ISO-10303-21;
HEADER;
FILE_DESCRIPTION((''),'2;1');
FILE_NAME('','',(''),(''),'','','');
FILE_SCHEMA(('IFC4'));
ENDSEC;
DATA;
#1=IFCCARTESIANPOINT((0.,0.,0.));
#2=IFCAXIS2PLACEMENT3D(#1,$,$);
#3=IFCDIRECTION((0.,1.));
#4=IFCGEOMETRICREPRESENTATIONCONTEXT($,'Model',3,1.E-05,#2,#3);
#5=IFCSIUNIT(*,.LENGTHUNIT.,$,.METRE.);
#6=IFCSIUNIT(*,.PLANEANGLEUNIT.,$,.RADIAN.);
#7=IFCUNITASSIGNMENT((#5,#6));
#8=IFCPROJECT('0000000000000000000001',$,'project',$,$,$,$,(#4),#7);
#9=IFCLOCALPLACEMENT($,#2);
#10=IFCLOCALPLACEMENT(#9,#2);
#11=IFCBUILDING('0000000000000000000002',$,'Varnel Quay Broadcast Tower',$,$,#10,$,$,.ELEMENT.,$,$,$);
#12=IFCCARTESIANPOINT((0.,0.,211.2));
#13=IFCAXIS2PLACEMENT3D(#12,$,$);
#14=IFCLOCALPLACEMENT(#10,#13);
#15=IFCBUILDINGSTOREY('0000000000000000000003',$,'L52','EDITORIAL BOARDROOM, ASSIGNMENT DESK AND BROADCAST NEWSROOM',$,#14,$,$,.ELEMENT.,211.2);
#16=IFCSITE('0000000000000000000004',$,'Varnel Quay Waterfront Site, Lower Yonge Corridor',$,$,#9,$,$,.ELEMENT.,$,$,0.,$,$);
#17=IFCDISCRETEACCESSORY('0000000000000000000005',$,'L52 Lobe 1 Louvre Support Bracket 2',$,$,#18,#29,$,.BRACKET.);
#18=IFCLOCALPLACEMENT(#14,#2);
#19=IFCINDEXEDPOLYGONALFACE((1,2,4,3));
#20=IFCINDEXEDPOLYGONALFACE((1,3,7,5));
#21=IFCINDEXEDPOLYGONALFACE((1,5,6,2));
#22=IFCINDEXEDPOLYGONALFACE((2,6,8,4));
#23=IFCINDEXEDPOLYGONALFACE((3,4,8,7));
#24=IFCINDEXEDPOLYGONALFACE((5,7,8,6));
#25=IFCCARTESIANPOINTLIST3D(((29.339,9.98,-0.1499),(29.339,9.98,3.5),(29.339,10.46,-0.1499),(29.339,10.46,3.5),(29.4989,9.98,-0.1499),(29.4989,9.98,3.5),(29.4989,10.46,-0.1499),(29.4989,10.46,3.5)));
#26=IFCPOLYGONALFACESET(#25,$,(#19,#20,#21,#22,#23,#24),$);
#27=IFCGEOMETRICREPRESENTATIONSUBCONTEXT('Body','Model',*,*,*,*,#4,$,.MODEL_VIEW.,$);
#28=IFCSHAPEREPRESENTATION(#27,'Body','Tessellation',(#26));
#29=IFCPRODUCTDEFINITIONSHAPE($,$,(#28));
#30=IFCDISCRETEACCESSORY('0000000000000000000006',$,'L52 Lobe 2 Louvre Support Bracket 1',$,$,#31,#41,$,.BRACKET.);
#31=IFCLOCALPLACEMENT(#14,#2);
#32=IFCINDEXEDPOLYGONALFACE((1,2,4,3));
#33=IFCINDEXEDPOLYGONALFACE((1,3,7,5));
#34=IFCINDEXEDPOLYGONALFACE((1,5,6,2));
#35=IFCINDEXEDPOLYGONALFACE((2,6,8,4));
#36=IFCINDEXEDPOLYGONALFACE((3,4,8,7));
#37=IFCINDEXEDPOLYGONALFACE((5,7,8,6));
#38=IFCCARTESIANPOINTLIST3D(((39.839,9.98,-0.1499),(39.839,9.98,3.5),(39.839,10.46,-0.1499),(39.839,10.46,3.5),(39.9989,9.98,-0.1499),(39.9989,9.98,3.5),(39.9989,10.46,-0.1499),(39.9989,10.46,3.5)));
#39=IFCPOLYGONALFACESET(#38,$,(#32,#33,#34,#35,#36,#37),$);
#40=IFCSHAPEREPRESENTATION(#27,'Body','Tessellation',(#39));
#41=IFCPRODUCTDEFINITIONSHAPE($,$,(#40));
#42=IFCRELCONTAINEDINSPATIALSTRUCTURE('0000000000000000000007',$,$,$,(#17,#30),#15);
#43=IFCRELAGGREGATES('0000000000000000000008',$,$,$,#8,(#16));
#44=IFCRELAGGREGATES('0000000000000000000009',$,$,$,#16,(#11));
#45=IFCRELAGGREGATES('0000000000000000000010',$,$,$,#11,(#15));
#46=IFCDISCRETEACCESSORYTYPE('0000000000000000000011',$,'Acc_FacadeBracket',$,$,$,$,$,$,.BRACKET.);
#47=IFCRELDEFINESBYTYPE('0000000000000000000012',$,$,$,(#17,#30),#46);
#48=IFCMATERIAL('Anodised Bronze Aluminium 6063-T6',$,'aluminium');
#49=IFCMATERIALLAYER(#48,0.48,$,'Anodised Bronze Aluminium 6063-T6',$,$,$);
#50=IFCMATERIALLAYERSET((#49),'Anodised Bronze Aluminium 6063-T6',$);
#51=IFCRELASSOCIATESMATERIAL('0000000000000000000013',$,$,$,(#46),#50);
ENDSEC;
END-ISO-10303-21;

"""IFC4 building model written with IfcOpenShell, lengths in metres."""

from ifc_helpers import new_model, si_unit, direction, frame, origin, origin_2d, place, context, subcontext, project, spatial, rectangle, extrude, source, transform, mapped, material, layer, layer_set, type_object, type_shapes, element, save


model = new_model("IFC4")

# Units and contexts
model_context = context("Model", 3, precision=1e-05, world=origin(), true_north=direction((0.0, 1.0)))
body_context = subcontext(model_context, "Body", "Model", "MODEL_VIEW")
ifc_project = project(units=[si_unit("LENGTHUNIT", "METRE"), si_unit("PLANEANGLEUNIT", "RADIAN")], contexts=[model_context])

# Site, building, storey
site_placement = place(None, origin())
site = spatial("IfcSite", under=ifc_project, at=site_placement, Name="Varnel Quay Waterfront Site, Lower Yonge Corridor", CompositionType="ELEMENT", RefElevation=0.0)
building_placement = place(site_placement, origin())
building = spatial("IfcBuilding", under=site, at=building_placement, Name="Varnel Quay Broadcast Tower", CompositionType="ELEMENT")
storey_placement = place(building_placement, frame((0.0, 0.0, 211.2)))
storey = spatial("IfcBuildingStorey", under=building, at=storey_placement, Name="L52", Description="EDITORIAL BOARDROOM, ASSIGNMENT DESK AND BROADCAST NEWSROOM", CompositionType="ELEMENT", Elevation=211.2)

# Shared definitions
ifc_material_1 = material(Name="Anodised Bronze Aluminium 6063-T6", Category="aluminium")

# Discrete accessories
ifc_layer_1 = layer(ifc_material_1, 0.48, Name="Anodised Bronze Aluminium 6063-T6")
ifc_layer_set_1 = layer_set([ifc_layer_1], Name="Anodised Bronze Aluminium 6063-T6")
discrete_accessory_type = type_object("IfcDiscreteAccessoryType", Name="Acc_FacadeBracket", PredefinedType="BRACKET", material=ifc_layer_set_1)
shared_shape_1 = source(origin(), body_context, "Body", "SweptSolid", [
    extrude(rectangle(XDim=0.1599, YDim=0.48, at=origin_2d()), origin(), (0.0, 0.0, 1.0), 3.6499),
])
type_shapes(discrete_accessory_type, [shared_shape_1])
for number, where, z_axis, x_axis, name in (
    (1, (29.4189, 10.22, -0.1499), (0.0, 0.0, 1.0), (1.0, 0.0, 0.0), "L52 Lobe 1 Louvre Support Bracket 2"),
    (2, (39.9189, 10.22, -0.1499), (0.0, 0.0, 1.0), (1.0, 0.0, 0.0), "L52 Lobe 2 Louvre Support Bracket 1"),
):
    element("IfcDiscreteAccessory", number, at=place(storey_placement, frame(where, z_axis=z_axis, x_axis=x_axis)), inside=storey, type_object=discrete_accessory_type, Name=name, PredefinedType="BRACKET", context=body_context, shape_type="MappedRepresentation", body=[
        mapped(shared_shape_1, transform((0.0, 0.0, 0.0), x_axis=(1.0, 0.0, 0.0), y_axis=(0.0, 1.0, 0.0), z_axis=(0.0, 0.0, 1.0), scale=1.0)),
    ])

save(model, "model.ifc")
